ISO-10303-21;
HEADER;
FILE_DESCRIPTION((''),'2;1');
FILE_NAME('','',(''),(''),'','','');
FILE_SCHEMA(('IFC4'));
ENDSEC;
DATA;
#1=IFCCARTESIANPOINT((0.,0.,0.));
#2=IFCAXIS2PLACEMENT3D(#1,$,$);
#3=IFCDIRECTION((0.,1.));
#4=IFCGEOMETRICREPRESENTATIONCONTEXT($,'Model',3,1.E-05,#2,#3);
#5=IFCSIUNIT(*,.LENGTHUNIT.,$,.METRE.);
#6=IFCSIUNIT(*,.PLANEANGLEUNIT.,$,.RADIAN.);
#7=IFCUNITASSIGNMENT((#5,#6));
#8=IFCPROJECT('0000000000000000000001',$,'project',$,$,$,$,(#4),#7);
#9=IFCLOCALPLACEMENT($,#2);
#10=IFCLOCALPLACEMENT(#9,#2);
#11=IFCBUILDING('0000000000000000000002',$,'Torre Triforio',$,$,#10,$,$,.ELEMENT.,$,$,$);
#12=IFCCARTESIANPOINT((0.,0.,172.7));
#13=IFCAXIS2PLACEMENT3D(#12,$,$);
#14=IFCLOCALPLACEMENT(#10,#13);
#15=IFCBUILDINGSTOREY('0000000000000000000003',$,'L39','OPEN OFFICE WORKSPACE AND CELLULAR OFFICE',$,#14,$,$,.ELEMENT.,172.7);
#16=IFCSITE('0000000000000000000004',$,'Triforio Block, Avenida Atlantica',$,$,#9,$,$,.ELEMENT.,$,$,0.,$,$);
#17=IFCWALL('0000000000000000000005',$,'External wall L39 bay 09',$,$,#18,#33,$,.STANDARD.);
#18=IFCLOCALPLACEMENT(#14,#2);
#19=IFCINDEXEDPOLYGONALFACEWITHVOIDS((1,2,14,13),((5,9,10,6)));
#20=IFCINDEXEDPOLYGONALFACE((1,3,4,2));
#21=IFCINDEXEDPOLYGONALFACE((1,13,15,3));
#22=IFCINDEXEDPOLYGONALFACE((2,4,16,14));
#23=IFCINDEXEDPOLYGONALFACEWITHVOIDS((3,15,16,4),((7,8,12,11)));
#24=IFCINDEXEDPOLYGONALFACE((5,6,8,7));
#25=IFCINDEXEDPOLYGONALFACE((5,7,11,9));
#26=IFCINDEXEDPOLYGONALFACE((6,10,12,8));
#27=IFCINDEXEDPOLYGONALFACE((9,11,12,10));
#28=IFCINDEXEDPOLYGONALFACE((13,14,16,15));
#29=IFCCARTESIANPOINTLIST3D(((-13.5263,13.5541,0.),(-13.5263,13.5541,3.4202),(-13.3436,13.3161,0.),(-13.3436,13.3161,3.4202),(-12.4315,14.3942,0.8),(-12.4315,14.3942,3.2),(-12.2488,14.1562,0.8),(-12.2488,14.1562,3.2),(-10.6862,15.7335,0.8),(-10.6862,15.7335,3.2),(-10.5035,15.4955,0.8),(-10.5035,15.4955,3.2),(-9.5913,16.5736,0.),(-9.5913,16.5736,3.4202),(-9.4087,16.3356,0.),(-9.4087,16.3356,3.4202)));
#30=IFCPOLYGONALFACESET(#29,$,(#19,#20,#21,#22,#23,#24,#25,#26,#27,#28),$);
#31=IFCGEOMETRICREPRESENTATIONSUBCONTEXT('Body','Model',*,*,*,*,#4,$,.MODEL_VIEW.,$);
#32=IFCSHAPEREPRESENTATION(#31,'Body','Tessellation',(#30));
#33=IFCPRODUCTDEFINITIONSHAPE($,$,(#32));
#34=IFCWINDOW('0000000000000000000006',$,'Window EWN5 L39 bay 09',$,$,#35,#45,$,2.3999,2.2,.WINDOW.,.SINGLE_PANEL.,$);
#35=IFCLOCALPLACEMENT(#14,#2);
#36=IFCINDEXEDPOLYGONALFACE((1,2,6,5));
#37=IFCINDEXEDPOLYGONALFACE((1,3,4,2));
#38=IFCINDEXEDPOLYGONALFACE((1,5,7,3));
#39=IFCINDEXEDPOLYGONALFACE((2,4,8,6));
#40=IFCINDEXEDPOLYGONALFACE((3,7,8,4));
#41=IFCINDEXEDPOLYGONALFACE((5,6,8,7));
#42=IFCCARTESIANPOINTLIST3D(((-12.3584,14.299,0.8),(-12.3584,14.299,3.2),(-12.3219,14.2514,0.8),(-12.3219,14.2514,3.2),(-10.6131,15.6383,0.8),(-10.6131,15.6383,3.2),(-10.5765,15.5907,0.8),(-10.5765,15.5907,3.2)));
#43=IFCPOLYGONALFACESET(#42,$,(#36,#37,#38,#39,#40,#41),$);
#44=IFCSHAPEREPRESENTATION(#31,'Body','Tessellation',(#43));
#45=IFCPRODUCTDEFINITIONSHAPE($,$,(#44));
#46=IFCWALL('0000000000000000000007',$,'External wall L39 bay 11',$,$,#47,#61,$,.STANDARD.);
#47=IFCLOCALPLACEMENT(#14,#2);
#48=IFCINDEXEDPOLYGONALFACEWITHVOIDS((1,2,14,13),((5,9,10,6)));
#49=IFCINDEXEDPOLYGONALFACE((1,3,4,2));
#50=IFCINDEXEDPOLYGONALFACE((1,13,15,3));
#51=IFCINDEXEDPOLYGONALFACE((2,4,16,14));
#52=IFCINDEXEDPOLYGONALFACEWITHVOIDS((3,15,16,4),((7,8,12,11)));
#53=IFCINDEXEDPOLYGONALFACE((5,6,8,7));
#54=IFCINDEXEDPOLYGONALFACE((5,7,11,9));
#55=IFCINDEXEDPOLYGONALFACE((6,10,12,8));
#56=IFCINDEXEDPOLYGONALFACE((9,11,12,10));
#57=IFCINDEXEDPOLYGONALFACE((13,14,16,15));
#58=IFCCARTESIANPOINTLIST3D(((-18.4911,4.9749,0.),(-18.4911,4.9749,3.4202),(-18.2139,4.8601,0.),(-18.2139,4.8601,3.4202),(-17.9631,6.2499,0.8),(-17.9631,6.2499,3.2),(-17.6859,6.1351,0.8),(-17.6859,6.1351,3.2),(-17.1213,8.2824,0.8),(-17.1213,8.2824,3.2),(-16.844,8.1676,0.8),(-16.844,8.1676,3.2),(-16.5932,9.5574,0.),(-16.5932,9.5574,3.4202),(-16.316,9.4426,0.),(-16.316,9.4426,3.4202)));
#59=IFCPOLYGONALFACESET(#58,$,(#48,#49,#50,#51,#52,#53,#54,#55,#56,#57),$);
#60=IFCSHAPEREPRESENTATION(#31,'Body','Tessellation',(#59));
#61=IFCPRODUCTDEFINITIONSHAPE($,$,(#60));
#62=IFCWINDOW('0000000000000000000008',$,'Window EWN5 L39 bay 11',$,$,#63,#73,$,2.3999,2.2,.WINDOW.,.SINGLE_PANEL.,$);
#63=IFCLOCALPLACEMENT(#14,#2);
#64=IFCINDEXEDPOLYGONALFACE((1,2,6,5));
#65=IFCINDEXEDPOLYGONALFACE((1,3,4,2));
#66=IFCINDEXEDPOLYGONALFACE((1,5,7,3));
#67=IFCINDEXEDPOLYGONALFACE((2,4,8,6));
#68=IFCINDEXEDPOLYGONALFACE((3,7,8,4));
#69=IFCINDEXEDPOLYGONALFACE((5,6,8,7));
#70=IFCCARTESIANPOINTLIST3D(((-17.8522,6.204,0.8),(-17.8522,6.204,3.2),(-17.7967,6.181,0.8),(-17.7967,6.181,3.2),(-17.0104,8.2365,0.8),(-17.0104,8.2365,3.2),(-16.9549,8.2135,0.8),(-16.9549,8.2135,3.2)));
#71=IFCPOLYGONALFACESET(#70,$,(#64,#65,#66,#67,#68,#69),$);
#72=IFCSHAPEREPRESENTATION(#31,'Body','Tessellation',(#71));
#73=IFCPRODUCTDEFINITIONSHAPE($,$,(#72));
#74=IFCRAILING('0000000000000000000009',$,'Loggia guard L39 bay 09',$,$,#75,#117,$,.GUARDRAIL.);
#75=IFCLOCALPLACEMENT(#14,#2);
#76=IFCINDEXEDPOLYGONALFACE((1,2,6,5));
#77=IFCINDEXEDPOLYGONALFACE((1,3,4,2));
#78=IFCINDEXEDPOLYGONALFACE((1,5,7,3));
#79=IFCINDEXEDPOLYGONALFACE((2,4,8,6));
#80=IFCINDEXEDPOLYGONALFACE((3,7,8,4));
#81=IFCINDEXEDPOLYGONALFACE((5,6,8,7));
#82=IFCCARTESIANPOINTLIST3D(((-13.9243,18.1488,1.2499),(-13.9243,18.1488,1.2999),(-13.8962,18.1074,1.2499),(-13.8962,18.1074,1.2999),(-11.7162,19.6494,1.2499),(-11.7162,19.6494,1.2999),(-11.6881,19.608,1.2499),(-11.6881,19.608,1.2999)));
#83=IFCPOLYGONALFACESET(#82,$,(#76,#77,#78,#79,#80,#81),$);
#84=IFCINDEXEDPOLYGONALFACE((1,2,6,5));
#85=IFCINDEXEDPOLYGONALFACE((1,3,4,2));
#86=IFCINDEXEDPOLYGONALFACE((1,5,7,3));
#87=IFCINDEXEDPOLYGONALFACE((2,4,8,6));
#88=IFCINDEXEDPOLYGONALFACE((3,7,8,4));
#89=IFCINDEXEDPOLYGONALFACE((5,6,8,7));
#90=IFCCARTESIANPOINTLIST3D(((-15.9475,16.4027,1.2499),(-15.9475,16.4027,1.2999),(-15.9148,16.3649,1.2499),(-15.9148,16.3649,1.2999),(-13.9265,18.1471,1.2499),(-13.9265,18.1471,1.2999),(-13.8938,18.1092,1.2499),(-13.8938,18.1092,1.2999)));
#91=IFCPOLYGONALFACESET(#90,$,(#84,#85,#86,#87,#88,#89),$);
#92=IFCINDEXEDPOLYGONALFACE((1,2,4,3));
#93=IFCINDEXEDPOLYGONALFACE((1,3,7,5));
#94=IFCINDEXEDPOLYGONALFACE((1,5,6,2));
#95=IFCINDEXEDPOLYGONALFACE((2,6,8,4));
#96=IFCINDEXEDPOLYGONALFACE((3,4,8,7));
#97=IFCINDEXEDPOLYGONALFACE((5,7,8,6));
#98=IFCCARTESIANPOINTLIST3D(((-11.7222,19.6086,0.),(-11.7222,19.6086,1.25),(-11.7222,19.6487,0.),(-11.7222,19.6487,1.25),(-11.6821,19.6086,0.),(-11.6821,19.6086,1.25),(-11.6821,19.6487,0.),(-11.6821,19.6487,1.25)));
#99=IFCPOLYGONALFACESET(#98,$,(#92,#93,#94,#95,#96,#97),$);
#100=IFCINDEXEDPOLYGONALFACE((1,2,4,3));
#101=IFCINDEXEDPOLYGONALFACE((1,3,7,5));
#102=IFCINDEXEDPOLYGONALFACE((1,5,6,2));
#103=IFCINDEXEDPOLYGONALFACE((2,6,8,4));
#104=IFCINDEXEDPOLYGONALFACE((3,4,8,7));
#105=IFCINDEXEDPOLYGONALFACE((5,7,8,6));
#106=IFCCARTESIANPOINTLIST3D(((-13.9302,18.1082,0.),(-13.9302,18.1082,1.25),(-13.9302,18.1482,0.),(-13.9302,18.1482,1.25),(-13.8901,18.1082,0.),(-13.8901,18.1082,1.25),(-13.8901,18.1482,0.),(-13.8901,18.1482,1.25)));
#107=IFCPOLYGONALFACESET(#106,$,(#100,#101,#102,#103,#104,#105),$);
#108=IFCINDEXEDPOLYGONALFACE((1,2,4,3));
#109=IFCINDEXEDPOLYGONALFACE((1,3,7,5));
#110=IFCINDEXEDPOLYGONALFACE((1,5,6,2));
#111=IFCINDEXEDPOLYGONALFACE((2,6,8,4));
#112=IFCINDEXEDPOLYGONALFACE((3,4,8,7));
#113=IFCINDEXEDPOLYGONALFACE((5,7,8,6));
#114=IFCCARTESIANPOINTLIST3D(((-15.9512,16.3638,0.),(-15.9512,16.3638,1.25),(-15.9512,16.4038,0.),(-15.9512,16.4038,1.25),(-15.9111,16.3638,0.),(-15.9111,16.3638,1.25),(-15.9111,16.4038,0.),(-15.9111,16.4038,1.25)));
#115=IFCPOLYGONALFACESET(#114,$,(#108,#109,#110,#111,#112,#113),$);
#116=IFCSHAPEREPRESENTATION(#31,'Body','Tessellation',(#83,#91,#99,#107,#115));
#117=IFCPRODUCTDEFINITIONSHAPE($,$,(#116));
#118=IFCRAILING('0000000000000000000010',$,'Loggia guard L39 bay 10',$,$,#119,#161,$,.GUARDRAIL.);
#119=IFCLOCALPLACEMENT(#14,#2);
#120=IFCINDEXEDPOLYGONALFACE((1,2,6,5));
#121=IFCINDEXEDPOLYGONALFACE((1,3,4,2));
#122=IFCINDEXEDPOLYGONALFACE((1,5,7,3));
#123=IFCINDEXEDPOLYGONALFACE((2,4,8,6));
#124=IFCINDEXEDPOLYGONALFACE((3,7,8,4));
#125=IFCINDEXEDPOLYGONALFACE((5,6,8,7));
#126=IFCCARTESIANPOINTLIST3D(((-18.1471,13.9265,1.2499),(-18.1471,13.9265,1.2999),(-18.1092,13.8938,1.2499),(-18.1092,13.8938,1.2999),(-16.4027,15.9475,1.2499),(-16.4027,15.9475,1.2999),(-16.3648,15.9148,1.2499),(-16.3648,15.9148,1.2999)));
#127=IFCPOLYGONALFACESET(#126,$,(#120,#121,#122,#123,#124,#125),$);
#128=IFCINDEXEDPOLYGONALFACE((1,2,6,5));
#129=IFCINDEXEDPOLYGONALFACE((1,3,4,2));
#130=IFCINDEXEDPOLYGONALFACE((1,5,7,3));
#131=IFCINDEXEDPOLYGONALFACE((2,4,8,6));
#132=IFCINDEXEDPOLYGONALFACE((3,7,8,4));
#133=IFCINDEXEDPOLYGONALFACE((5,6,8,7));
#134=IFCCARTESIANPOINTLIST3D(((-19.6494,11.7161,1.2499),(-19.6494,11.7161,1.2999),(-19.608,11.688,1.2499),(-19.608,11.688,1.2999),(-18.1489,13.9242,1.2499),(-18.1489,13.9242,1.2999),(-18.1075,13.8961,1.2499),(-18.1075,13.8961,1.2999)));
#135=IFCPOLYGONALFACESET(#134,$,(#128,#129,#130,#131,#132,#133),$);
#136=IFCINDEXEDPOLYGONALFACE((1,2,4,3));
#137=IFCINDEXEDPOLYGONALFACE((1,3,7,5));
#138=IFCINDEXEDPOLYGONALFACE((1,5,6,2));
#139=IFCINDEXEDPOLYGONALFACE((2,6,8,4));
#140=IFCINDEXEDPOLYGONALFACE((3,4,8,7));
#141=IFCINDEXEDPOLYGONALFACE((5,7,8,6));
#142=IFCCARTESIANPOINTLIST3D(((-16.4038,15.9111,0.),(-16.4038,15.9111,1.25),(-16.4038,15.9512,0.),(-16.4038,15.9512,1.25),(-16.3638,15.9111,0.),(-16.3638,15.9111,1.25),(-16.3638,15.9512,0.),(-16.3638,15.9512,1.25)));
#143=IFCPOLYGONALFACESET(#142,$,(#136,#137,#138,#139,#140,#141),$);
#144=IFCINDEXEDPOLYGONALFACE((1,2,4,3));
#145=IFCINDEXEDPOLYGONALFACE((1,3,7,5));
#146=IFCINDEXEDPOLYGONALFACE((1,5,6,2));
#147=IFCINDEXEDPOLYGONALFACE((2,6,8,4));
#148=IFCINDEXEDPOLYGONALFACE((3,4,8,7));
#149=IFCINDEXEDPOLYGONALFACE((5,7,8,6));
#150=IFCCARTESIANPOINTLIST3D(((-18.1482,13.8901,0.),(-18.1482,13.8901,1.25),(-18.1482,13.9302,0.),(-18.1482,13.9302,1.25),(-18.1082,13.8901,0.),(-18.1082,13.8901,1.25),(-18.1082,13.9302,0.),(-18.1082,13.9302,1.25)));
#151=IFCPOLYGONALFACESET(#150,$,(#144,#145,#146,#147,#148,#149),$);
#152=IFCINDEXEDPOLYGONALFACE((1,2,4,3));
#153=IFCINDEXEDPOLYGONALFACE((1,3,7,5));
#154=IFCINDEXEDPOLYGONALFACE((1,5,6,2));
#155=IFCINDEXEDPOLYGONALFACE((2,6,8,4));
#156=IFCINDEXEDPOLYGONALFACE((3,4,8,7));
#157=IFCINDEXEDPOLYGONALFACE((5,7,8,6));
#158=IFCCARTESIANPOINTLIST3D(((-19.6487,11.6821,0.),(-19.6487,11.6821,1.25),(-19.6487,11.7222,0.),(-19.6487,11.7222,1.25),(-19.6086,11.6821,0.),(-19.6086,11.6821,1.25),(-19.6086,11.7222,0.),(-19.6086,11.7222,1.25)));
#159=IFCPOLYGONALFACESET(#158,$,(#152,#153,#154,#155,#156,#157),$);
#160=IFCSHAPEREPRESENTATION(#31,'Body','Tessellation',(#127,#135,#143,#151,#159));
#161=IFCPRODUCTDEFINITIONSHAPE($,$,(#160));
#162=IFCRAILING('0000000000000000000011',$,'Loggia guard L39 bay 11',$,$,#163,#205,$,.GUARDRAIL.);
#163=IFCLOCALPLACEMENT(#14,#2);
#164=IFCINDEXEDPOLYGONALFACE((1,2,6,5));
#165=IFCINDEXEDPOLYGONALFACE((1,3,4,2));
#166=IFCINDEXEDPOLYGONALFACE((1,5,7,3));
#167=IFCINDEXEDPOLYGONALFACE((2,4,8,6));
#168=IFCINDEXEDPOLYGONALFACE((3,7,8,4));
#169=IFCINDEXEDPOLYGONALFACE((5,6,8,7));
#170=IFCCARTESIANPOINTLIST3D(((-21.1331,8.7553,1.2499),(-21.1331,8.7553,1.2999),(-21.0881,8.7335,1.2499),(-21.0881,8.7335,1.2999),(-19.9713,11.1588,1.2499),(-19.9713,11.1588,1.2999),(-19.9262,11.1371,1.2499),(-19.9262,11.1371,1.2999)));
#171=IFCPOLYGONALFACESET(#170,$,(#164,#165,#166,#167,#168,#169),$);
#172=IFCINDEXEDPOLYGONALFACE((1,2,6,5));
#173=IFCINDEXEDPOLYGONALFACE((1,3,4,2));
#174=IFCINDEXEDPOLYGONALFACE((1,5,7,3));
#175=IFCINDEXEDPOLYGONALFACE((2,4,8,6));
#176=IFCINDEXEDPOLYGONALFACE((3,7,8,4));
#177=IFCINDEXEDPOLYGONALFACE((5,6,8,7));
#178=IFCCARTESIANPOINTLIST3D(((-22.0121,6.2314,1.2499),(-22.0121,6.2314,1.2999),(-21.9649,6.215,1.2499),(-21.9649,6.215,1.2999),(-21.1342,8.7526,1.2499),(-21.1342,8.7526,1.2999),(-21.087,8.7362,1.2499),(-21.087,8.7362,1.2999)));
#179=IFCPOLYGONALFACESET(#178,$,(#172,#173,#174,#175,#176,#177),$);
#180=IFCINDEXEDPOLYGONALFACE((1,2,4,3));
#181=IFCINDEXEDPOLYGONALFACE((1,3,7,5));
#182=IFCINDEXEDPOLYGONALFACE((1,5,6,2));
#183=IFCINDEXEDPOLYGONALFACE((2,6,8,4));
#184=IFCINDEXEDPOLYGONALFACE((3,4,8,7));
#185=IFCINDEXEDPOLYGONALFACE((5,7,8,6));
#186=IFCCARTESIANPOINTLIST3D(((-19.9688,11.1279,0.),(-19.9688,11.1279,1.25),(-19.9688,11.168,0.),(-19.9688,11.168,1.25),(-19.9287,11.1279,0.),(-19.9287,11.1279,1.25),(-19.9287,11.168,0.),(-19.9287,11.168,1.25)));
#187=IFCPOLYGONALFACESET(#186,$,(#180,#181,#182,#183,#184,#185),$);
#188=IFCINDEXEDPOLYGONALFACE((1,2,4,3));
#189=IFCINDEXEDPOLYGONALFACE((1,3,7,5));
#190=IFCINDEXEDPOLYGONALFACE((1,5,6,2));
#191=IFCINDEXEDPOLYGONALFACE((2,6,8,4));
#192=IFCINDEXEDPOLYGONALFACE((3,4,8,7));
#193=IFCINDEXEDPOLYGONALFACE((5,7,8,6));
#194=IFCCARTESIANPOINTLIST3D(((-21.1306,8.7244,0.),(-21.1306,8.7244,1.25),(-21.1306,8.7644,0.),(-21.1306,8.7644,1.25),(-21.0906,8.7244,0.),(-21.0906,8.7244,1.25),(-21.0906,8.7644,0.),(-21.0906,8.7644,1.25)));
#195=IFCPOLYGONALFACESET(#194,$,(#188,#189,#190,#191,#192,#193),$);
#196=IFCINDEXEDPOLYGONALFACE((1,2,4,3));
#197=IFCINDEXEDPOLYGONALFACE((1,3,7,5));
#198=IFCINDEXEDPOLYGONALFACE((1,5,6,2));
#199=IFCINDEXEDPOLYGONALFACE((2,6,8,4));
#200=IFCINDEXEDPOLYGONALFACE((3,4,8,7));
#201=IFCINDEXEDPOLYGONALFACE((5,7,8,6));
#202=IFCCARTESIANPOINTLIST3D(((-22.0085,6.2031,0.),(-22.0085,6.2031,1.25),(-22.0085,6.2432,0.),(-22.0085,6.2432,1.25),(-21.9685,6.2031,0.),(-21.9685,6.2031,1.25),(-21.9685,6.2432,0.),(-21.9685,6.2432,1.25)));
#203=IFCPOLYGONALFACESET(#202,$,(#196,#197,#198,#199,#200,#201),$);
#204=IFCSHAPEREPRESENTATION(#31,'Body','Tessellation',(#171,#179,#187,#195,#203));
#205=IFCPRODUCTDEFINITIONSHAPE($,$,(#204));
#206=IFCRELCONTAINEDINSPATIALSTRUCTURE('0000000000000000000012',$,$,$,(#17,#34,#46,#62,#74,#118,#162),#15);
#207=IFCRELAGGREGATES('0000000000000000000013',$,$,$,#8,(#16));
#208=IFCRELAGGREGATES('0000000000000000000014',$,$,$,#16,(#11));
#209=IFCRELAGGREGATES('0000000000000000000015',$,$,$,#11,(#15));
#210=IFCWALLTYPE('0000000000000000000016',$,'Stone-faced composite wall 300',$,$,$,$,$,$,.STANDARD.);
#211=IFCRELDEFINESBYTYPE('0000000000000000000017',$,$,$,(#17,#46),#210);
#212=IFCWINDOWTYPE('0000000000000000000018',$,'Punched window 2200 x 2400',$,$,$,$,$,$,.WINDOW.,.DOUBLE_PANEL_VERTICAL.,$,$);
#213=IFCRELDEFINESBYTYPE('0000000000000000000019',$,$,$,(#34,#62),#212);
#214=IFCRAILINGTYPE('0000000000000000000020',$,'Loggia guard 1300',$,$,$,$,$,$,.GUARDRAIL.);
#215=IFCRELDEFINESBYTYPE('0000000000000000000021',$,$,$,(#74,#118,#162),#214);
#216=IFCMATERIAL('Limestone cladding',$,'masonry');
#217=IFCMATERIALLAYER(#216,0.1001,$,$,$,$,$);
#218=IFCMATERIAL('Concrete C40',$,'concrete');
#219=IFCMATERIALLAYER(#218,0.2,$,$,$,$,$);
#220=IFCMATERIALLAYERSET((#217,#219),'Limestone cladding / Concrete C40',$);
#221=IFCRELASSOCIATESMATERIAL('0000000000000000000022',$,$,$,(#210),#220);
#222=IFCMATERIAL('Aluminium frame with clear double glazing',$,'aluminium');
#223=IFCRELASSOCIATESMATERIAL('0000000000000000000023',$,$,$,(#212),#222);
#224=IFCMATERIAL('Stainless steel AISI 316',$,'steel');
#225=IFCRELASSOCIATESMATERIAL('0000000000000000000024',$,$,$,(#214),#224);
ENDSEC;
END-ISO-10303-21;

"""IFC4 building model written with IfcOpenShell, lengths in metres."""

from ifc_helpers import new_model, si_unit, direction, frame, frame_2d, origin, origin_2d, place, context, subcontext, project, spatial, rectangle, extrude, material, layer, layer_set, type_object, element, fill, save


model = new_model("IFC4")

# Units and contexts
model_context = context("Model", 3, precision=1e-05, world=origin(), true_north=direction((0.0, 1.0)))
body_context = subcontext(model_context, "Body", "Model", "MODEL_VIEW")
ifc_project = project(units=[si_unit("LENGTHUNIT", "METRE"), si_unit("PLANEANGLEUNIT", "RADIAN")], contexts=[model_context])

# Site, building, storey
site_placement = place(None, origin())
site = spatial("IfcSite", under=ifc_project, at=site_placement, Name="Triforio Block, Avenida Atlantica", CompositionType="ELEMENT", RefElevation=0.0)
building_placement = place(site_placement, origin())
building = spatial("IfcBuilding", under=site, at=building_placement, Name="Torre Triforio", CompositionType="ELEMENT")
storey_placement = place(building_placement, frame((0.0, 0.0, 172.7)))
storey = spatial("IfcBuildingStorey", under=building, at=storey_placement, Name="L39", Description="OPEN OFFICE WORKSPACE AND CELLULAR OFFICE", CompositionType="ELEMENT", Elevation=172.7)

# Shared definitions
ifc_material_1 = material(Name="Concrete C40", Category="concrete")

# Shared definitions
ifc_material_2 = material(Name="Limestone cladding", Category="masonry")

# Wall, opening, window
ifc_layer_1 = layer(ifc_material_2, 0.1001)
ifc_layer_2 = layer(ifc_material_1, 0.2)
ifc_layer_set_1 = layer_set([ifc_layer_1, ifc_layer_2], Name="Limestone cladding / Concrete C40")
wall_type_1 = type_object("IfcWallType", Name="Stone-faced composite wall 300", PredefinedType="STANDARD", material=ifc_layer_set_1)
wall_1_placement = place(storey_placement, frame((-9.5, 16.4546, 0.0), z_axis=(0.0, 0.0, 1.0), x_axis=(-0.793348, -0.608768, 0.0)))
wall_1 = element("IfcWall", 1, at=wall_1_placement, inside=storey, type_object=wall_type_1, Name="External wall L39 bay 09", PredefinedType="STANDARD", context=body_context, shape_type="SweptSolid", body=[
    extrude(rectangle(XDim=4.96, YDim=0.3, at=frame_2d((2.48, 0.0))), origin(), (0.0, 0.0, 1.0), 3.4202),
])
opening_1_placement = place(wall_1_placement, frame((1.3799, 0.0, 0.8)))
opening_1 = element("IfcOpeningElement", 2, at=opening_1_placement, cuts=wall_1, PredefinedType="OPENING", context=body_context, shape_type="SweptSolid", body=[
    extrude(rectangle(XDim=2.2, YDim=2.3999, at=frame_2d((1.1001, 1.2))), frame((0.0, 0.1599, 0.0), z_axis=(0.0, -1.0, 0.0), x_axis=(1.0, 0.0, 0.0)), (0.0, 0.0, 1.0), 0.3201),
])
ifc_material_3 = material(Name="Aluminium frame with clear double glazing", Category="aluminium")
window_type_1 = type_object("IfcWindowType", Name="Punched window 2200 x 2400", PartitioningType="DOUBLE_PANEL_VERTICAL", PredefinedType="WINDOW", material=ifc_material_3)
window_1_placement = place(opening_1_placement, origin())
window_1 = element("IfcWindow", 3, at=window_1_placement, inside=storey, type_object=window_type_1, Name="Window EWN5 L39 bay 09", OverallHeight=2.3999, OverallWidth=2.2, PartitioningType="SINGLE_PANEL", PredefinedType="WINDOW", context=body_context, shape_type="SweptSolid", body=[
    extrude(rectangle(XDim=2.2, YDim=2.3999, at=frame_2d((1.1001, 1.2))), frame((0.0, 0.03, 0.0), z_axis=(0.0, -1.0, 0.0), x_axis=(1.0, 0.0, 0.0)), (0.0, 0.0, 1.0), 0.0601),
])
fill(opening_1, window_1)

# Wall, opening, window
wall_2_placement = place(storey_placement, frame((-16.4546, 9.5, 0.0), z_axis=(0.0, 0.0, 1.0), x_axis=(-0.38265, -0.923893, 0.0)))
wall_2 = element("IfcWall", 4, at=wall_2_placement, inside=storey, type_object=wall_type_1, Name="External wall L39 bay 11", PredefinedType="STANDARD", context=body_context, shape_type="SweptSolid", body=[
    extrude(rectangle(XDim=4.96, YDim=0.3, at=frame_2d((2.48, 0.0))), origin(), (0.0, 0.0, 1.0), 3.4202),
])
opening_2_placement = place(wall_2_placement, frame((1.3799, 0.0, 0.8)))
opening_2 = element("IfcOpeningElement", 5, at=opening_2_placement, cuts=wall_2, PredefinedType="OPENING", context=body_context, shape_type="SweptSolid", body=[
    extrude(rectangle(XDim=2.2, YDim=2.3999, at=frame_2d((1.1001, 1.2))), frame((0.0, 0.1599, 0.0), z_axis=(0.0, -1.0, 0.0), x_axis=(1.0, 0.0, 0.0)), (0.0, 0.0, 1.0), 0.3201),
])
window_2_placement = place(opening_2_placement, origin())
window_2 = element("IfcWindow", 6, at=window_2_placement, inside=storey, type_object=window_type_1, Name="Window EWN5 L39 bay 11", OverallHeight=2.3999, OverallWidth=2.2, PartitioningType="SINGLE_PANEL", PredefinedType="WINDOW", context=body_context, shape_type="SweptSolid", body=[
    extrude(rectangle(XDim=2.2, YDim=2.3999, at=frame_2d((1.1001, 1.2))), frame((0.0, 0.03, 0.0), z_axis=(0.0, -1.0, 0.0), x_axis=(1.0, 0.0, 0.0)), (0.0, 0.0, 1.0), 0.0601),
])
fill(opening_2, window_2)

# Railings
ifc_material_4 = material(Name="Stainless steel AISI 316", Category="steel")
railing_type = type_object("IfcRailingType", Name="Loggia guard 1300", PredefinedType="GUARDRAIL", material=ifc_material_4)
railing_1_placement = place(storey_placement, frame((-11.7021, 19.6287, 0.0)))
element("IfcRailing", 7, at=railing_1_placement, inside=storey, type_object=railing_type, Name="Loggia guard L39 bay 09", PredefinedType="GUARDRAIL", context=body_context, shape_type="SweptSolid", body=[
    extrude(rectangle(XDim=0.05, YDim=0.05, at=origin_2d()), frame((0.0, 0.0, 1.2749), z_axis=(-0.827093, -0.562065, 0.0), x_axis=(0.562065, -0.827093, 0.0)), (0.0, 0.0, 1.0), 2.6697),
    extrude(rectangle(XDim=0.05, YDim=0.05, at=origin_2d()), frame((-2.208, -1.5005, 1.2749), z_axis=(-0.757012, -0.653401, 0.0), x_axis=(0.653401, -0.757012, 0.0)), (0.0, 0.0, 1.0), 2.6697),
    extrude(rectangle(XDim=0.04, YDim=0.04, at=origin_2d()), origin(), (0.0, 0.0, 1.0), 1.25),
    extrude(rectangle(XDim=0.04, YDim=0.04, at=origin_2d()), frame((-2.208, -1.5005, 0.0)), (0.0, 0.0, 1.0), 1.25),
    extrude(rectangle(XDim=0.04, YDim=0.04, at=origin_2d()), frame((-4.229, -3.2449, 0.0)), (0.0, 0.0, 1.0), 1.25),
])
railing_2_placement = place(storey_placement, frame((-16.3838, 15.9312, 0.0)))
element("IfcRailing", 8, at=railing_2_placement, inside=storey, type_object=railing_type, Name="Loggia guard L39 bay 10", PredefinedType="GUARDRAIL", context=body_context, shape_type="SweptSolid", body=[
    extrude(rectangle(XDim=0.05, YDim=0.05, at=origin_2d()), frame((0.0, 0.0, 1.2749), z_axis=(-0.653401, -0.757012, 0.0), x_axis=(0.757012, -0.653401, 0.0)), (0.0, 0.0, 1.0), 2.6697),
    extrude(rectangle(XDim=0.05, YDim=0.05, at=origin_2d()), frame((-1.7444, -2.021, 1.2749), z_axis=(-0.562065, -0.827093, 0.0), x_axis=(0.827093, -0.562065, 0.0)), (0.0, 0.0, 1.0), 2.6697),
    extrude(rectangle(XDim=0.04, YDim=0.04, at=origin_2d()), origin(), (0.0, 0.0, 1.0), 1.25),
    extrude(rectangle(XDim=0.04, YDim=0.04, at=origin_2d()), frame((-1.7444, -2.021, 0.0)), (0.0, 0.0, 1.0), 1.25),
    extrude(rectangle(XDim=0.04, YDim=0.04, at=origin_2d()), frame((-3.2449, -4.229, 0.0)), (0.0, 0.0, 1.0), 1.25),
])
railing_3_placement = place(storey_placement, frame((-19.9487, 11.1479, 0.0)))
element("IfcRailing", 9, at=railing_3_placement, inside=storey, type_object=railing_type, Name="Loggia guard L39 bay 11", PredefinedType="GUARDRAIL", context=body_context, shape_type="SweptSolid", body=[
    extrude(rectangle(XDim=0.05, YDim=0.05, at=origin_2d()), frame((0.0, 0.0, 1.2749), z_axis=(-0.435212, -0.900328, 0.0), x_axis=(0.900328, -0.435212, 0.0)), (0.0, 0.0, 1.0), 2.6697),
    extrude(rectangle(XDim=0.05, YDim=0.05, at=origin_2d()), frame((-1.1619, -2.4036, 1.2749), z_axis=(-0.328847, -0.944383, 0.0), x_axis=(0.944383, -0.328847, 0.0)), (0.0, 0.0, 1.0), 2.6697),
    extrude(rectangle(XDim=0.04, YDim=0.04, at=origin_2d()), origin(), (0.0, 0.0, 1.0), 1.25),
    extrude(rectangle(XDim=0.04, YDim=0.04, at=origin_2d()), frame((-1.1619, -2.4036, 0.0)), (0.0, 0.0, 1.0), 1.25),
    extrude(rectangle(XDim=0.04, YDim=0.04, at=origin_2d()), frame((-2.0398, -4.9248, 0.0)), (0.0, 0.0, 1.0), 1.25),
])

save(model, "model.ifc")
